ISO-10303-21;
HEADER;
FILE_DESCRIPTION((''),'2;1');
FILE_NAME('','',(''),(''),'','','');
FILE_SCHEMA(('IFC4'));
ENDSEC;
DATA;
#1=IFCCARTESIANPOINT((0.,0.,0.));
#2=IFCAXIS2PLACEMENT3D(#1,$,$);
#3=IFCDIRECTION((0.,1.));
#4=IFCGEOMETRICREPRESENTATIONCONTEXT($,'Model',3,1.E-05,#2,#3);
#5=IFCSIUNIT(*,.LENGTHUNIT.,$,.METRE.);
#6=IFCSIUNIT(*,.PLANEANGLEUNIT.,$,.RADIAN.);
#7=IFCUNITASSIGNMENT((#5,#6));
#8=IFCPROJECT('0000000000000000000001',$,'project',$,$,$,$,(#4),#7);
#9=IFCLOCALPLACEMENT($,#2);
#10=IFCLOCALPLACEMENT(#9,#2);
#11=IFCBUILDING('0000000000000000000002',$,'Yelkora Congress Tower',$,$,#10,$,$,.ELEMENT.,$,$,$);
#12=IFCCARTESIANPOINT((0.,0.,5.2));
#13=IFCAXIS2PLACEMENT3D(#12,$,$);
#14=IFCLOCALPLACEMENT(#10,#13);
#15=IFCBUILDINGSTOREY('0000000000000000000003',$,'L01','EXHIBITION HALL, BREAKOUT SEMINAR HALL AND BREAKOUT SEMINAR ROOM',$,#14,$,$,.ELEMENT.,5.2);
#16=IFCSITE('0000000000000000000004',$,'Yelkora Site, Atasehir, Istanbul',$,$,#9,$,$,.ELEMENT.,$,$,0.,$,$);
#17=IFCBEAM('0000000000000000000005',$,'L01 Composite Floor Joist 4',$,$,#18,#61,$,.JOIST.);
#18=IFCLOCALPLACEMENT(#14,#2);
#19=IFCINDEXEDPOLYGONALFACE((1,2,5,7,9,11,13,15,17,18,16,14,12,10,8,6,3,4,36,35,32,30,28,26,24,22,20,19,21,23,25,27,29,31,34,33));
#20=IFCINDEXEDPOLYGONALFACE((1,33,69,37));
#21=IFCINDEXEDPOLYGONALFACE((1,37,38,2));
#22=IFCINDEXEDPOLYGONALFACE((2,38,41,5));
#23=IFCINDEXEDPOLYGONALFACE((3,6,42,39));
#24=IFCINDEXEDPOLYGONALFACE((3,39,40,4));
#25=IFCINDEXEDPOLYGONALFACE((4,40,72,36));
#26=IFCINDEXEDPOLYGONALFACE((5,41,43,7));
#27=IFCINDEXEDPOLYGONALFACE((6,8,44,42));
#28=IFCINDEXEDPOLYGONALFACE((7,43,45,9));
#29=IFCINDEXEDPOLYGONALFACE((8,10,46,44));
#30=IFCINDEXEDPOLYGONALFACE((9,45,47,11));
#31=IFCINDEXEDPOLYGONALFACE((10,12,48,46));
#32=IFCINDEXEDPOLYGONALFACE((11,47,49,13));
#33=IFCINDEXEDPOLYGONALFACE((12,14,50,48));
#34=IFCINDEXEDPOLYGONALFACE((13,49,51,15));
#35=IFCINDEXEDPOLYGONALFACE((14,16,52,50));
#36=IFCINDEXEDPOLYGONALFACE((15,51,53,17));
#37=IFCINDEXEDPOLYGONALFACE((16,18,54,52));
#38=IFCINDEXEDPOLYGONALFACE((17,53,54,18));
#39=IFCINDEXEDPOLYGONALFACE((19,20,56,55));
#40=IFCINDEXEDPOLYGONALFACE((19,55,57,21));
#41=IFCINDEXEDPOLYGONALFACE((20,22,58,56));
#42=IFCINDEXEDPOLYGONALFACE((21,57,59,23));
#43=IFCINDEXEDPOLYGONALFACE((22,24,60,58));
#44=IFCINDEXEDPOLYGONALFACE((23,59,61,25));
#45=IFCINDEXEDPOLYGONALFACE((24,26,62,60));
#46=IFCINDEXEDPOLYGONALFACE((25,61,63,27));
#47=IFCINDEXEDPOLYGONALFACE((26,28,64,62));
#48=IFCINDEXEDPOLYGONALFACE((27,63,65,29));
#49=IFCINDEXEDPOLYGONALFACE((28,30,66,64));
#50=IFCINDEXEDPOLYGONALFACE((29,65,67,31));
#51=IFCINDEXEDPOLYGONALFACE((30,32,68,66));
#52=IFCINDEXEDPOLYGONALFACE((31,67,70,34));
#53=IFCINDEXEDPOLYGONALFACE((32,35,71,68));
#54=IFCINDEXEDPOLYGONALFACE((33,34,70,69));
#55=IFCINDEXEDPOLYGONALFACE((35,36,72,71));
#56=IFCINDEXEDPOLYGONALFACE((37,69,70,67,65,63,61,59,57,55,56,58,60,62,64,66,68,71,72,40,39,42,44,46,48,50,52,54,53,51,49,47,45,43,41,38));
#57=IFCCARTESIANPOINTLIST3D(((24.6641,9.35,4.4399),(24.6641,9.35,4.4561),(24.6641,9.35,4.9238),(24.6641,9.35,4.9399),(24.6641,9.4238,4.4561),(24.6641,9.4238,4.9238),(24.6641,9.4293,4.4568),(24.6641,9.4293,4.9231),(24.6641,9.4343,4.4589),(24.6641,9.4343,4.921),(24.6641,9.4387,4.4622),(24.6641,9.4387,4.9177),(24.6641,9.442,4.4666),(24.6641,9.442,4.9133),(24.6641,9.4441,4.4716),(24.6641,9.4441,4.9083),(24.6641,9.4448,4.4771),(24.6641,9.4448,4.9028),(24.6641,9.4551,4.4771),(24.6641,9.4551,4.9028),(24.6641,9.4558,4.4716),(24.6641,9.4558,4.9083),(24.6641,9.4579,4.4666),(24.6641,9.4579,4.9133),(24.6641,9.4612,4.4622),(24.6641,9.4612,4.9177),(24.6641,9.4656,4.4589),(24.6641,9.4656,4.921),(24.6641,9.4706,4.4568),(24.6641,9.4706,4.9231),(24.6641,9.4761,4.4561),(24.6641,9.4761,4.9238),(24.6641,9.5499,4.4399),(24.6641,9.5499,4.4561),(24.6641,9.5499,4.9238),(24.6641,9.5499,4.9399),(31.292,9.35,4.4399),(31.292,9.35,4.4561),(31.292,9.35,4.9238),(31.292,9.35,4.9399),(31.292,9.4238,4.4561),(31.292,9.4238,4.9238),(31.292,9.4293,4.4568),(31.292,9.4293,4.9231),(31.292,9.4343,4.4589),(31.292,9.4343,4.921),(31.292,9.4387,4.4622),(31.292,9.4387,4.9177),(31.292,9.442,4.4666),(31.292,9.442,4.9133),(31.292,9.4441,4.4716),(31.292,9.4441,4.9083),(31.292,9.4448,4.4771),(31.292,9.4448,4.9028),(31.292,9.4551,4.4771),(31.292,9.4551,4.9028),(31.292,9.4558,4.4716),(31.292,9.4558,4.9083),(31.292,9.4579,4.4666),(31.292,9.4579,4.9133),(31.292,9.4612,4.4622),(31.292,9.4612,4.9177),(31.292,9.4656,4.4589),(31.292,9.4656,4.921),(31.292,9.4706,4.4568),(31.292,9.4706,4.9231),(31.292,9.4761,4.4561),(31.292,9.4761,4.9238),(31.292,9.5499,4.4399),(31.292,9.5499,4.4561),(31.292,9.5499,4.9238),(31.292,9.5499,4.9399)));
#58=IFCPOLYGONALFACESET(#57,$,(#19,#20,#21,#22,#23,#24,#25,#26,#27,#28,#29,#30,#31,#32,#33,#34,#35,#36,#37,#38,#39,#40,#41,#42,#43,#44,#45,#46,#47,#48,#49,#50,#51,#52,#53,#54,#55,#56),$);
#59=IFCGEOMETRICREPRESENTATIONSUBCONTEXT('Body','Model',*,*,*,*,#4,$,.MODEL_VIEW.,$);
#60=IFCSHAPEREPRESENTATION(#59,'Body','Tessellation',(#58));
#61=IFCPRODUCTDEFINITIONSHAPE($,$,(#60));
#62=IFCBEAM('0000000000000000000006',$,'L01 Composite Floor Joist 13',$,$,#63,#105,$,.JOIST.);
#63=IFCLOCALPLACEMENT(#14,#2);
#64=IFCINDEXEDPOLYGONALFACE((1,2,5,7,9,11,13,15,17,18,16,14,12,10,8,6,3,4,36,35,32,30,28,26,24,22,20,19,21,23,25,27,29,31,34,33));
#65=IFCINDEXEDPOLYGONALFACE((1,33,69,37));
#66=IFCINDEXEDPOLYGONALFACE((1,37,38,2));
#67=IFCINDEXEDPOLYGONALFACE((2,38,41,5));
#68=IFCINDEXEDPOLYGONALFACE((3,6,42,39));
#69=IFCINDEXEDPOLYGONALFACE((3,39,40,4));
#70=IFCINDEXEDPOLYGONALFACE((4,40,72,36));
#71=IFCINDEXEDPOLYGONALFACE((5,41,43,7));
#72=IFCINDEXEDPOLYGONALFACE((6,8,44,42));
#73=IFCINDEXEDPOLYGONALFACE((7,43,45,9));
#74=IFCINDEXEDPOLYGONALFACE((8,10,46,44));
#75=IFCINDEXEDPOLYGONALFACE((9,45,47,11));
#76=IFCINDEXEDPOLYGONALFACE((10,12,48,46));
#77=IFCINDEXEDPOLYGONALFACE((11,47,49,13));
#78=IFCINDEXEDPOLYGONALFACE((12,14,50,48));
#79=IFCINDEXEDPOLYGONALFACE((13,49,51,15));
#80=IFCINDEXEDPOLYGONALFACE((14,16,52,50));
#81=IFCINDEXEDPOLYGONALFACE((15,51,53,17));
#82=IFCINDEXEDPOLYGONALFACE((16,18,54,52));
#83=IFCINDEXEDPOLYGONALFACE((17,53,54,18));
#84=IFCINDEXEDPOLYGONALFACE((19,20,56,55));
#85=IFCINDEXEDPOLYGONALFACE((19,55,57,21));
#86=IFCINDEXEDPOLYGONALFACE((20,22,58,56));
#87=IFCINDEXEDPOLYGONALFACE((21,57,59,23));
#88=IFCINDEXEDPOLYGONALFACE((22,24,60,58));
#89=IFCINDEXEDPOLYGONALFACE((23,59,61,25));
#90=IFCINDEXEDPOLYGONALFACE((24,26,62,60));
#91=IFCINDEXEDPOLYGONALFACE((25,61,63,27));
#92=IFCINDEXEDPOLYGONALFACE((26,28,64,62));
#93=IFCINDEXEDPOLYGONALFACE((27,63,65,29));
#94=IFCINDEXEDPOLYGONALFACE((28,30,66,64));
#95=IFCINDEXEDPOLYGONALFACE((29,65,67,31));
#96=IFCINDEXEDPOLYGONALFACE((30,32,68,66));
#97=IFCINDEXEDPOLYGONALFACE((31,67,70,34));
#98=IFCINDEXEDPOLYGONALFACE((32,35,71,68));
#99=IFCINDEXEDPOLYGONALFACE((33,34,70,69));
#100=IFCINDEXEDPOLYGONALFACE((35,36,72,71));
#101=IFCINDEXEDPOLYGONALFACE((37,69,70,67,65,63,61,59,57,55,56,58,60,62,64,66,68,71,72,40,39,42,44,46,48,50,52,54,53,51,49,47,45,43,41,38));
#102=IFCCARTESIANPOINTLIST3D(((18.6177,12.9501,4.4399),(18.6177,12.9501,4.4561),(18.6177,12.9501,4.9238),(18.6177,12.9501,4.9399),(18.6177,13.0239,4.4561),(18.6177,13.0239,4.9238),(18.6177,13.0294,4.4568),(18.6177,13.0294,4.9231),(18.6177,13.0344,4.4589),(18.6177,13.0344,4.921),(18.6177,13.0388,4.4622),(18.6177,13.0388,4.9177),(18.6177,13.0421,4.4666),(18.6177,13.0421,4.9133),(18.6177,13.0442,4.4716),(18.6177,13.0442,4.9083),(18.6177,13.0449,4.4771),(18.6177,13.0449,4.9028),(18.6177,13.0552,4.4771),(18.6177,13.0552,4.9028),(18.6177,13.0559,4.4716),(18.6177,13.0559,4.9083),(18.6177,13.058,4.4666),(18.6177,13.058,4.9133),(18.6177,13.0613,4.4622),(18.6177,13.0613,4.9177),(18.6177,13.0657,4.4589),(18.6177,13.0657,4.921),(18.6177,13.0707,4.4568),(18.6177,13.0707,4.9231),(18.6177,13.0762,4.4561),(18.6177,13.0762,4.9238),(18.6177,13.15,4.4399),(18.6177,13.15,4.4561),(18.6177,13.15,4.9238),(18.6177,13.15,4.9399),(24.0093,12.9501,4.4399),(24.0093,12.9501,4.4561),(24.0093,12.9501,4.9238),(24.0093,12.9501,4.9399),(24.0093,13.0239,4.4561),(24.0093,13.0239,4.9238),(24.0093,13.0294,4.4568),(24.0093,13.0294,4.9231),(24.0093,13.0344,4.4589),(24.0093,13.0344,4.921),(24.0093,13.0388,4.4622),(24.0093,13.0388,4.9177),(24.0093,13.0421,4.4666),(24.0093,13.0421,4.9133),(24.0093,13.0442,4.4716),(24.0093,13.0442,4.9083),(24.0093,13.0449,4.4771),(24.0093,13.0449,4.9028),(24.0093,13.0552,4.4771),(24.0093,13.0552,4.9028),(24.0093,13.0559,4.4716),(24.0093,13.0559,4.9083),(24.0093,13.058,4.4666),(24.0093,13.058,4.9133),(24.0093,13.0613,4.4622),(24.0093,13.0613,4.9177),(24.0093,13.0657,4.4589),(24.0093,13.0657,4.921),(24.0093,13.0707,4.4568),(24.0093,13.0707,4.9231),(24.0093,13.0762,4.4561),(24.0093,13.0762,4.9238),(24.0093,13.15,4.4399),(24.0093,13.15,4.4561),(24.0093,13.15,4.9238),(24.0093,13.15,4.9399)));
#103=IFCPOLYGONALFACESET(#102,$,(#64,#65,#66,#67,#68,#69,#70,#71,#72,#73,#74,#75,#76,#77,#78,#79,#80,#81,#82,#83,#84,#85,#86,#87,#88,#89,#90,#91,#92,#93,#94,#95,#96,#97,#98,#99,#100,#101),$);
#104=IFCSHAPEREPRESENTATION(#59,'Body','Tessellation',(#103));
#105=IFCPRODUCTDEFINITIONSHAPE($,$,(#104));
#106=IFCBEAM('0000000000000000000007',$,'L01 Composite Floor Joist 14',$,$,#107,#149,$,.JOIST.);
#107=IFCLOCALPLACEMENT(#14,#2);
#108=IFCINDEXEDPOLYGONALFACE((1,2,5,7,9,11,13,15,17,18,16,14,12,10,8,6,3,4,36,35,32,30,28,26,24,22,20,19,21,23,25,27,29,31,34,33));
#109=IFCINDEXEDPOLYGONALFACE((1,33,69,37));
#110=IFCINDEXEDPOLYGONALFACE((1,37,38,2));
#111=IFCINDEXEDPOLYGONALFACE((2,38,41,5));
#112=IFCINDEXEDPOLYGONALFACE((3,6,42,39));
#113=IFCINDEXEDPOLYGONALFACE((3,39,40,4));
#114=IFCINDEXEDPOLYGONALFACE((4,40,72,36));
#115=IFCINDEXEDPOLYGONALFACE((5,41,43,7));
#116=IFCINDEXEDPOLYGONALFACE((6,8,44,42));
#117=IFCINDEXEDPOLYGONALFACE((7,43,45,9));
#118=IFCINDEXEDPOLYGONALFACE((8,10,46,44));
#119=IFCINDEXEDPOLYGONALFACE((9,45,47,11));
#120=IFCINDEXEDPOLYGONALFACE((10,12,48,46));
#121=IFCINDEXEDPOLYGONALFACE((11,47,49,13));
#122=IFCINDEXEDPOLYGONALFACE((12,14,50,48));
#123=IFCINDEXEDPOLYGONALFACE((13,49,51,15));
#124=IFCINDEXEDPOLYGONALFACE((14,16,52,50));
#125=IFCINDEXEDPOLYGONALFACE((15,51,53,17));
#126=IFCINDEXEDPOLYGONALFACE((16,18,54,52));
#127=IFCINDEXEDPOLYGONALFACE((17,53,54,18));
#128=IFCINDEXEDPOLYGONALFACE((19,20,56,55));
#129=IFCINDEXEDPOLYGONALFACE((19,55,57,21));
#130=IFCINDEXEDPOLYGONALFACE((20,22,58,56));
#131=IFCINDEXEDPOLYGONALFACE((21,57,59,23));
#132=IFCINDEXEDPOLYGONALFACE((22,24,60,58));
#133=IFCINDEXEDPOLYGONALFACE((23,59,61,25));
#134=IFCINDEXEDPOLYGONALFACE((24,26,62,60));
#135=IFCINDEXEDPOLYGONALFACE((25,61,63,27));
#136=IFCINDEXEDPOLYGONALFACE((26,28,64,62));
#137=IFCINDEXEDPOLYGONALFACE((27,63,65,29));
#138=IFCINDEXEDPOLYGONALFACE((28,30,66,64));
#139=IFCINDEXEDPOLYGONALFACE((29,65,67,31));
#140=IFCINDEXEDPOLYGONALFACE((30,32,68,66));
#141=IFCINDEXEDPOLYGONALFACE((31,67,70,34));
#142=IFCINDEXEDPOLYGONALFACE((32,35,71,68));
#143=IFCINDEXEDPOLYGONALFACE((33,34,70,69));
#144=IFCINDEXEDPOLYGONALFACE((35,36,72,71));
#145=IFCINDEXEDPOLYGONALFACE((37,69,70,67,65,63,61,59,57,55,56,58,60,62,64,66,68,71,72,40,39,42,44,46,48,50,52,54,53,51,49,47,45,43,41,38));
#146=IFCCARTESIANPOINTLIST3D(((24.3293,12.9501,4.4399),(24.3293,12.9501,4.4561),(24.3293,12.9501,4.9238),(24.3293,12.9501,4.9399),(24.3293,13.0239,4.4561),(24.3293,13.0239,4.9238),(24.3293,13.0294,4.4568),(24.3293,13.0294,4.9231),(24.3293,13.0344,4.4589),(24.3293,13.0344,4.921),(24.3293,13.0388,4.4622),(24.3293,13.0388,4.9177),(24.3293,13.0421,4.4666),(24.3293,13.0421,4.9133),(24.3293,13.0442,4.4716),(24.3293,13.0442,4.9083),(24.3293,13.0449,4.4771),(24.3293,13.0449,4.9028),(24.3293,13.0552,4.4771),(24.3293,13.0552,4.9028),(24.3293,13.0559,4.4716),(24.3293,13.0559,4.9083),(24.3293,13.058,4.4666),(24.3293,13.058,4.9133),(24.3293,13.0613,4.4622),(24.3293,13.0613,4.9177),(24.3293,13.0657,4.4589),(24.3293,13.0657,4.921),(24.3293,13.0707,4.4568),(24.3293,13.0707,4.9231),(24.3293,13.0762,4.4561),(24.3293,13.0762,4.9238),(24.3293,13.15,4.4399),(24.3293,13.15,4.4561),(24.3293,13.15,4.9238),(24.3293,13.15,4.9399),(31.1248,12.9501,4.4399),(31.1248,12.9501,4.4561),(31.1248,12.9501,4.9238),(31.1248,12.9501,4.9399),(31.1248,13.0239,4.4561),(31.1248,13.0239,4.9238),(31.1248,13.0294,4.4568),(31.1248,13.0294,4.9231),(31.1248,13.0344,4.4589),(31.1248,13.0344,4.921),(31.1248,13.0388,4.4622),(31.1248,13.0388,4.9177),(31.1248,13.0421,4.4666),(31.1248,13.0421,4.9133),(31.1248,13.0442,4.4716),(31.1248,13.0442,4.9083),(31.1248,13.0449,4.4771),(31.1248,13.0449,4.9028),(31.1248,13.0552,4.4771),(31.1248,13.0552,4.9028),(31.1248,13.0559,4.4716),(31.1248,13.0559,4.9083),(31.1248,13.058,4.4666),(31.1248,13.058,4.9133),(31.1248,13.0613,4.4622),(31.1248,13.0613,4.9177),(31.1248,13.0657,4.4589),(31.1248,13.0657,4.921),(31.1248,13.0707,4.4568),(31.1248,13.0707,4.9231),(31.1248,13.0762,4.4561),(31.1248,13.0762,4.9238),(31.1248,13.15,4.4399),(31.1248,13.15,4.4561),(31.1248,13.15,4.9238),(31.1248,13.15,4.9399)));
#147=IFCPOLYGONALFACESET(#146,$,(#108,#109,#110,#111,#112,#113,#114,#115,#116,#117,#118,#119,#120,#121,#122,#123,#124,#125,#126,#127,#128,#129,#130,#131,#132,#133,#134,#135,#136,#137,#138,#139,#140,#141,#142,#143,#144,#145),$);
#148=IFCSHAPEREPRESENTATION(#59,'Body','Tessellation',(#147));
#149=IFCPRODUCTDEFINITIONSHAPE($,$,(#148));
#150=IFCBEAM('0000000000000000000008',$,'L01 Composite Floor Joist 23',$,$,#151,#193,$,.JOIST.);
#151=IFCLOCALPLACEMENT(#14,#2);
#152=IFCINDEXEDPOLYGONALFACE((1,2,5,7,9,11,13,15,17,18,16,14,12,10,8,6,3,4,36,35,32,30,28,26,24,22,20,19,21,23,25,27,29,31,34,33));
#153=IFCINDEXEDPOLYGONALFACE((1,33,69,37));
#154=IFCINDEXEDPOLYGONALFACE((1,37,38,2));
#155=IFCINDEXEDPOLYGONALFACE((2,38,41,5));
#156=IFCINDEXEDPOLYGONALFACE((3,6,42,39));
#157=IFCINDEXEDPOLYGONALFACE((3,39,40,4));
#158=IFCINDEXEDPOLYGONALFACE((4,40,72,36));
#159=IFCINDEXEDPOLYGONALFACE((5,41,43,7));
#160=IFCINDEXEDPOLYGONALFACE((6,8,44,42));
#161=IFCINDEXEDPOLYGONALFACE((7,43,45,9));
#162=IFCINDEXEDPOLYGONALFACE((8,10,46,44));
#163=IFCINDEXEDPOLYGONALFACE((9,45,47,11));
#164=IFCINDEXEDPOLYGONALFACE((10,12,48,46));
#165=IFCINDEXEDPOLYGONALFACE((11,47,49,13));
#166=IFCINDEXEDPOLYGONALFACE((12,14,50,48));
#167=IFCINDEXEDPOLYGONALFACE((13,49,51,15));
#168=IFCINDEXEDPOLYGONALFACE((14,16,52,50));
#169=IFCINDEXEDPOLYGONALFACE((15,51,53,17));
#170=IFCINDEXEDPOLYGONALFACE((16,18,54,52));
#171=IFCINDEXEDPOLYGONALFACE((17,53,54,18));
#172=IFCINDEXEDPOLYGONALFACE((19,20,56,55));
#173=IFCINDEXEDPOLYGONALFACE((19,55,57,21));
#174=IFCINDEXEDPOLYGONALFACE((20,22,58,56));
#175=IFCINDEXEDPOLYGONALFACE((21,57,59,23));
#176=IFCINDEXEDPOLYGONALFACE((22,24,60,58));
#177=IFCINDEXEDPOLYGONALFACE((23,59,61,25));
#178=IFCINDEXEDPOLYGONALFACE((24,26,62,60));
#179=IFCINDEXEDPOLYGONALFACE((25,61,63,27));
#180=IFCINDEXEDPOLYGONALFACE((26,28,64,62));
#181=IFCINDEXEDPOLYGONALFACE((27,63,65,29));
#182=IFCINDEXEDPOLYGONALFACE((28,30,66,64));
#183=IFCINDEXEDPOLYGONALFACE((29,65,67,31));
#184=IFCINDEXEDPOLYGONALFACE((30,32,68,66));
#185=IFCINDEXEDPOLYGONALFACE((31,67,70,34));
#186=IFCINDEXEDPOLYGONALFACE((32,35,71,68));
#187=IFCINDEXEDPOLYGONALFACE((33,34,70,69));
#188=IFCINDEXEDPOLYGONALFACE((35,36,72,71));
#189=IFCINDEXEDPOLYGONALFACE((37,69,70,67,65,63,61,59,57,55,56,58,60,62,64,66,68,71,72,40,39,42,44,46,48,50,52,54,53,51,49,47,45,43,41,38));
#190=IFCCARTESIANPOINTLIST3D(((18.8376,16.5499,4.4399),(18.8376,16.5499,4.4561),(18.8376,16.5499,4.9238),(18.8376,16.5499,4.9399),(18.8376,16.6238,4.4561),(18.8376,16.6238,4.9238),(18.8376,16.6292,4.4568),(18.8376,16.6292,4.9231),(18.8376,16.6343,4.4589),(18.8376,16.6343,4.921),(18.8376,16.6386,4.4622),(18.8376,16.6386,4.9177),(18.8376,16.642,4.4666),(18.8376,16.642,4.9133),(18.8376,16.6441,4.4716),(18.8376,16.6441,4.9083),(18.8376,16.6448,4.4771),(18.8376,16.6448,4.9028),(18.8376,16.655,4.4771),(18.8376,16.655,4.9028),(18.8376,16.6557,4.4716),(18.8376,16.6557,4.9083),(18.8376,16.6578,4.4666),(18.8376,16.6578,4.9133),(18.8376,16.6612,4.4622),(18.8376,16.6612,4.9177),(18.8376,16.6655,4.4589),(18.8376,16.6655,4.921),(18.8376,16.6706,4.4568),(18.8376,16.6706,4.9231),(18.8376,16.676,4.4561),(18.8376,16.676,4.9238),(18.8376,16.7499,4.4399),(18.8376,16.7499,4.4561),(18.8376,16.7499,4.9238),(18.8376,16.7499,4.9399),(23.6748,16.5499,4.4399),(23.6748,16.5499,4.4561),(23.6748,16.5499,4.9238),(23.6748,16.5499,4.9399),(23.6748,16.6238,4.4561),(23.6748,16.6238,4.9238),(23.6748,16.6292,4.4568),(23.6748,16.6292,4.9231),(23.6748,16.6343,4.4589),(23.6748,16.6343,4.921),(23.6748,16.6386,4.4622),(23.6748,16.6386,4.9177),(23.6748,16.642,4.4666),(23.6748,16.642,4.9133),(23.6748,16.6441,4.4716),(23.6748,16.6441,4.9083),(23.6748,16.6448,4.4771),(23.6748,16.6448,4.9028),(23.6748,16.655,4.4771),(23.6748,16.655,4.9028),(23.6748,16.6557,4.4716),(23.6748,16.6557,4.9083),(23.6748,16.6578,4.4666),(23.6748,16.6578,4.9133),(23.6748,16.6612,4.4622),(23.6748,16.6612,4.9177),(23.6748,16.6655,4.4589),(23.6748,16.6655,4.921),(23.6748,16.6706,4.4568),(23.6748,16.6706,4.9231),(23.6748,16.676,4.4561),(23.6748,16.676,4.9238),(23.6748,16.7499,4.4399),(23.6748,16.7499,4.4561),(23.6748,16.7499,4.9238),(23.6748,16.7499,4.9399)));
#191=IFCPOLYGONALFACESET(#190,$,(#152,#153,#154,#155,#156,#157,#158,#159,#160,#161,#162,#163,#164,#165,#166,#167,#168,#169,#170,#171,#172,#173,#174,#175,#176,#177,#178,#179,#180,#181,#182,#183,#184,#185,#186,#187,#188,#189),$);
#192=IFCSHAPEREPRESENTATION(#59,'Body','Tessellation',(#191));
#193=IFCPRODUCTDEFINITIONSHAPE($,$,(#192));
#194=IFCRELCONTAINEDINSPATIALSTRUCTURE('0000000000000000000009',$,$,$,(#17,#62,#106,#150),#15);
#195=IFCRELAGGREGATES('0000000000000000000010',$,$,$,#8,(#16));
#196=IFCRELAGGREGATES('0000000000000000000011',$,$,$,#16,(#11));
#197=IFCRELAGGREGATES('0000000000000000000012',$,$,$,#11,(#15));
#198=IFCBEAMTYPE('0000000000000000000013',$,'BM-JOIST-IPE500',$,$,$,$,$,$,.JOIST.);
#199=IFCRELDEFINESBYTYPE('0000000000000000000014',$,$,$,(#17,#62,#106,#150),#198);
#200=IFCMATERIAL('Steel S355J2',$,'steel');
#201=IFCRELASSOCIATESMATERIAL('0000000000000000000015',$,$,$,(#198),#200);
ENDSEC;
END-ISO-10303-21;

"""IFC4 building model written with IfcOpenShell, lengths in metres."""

from ifc_helpers import new_model, si_unit, direction, frame, origin, origin_2d, place, context, subcontext, project, spatial, i_section, extrude, material, material_profile, profile_set, type_object, element, save


model = new_model("IFC4")

# Units and contexts
model_context = context("Model", 3, precision=1e-05, world=origin(), true_north=direction((0.0, 1.0)))
body_context = subcontext(model_context, "Body", "Model", "MODEL_VIEW")
ifc_project = project(units=[si_unit("LENGTHUNIT", "METRE"), si_unit("PLANEANGLEUNIT", "RADIAN")], contexts=[model_context])

# Site, building, storey
site_placement = place(None, origin())
site = spatial("IfcSite", under=ifc_project, at=site_placement, Name="Yelkora Site, Atasehir, Istanbul", CompositionType="ELEMENT", RefElevation=0.0)
building_placement = place(site_placement, origin())
building = spatial("IfcBuilding", under=site, at=building_placement, Name="Yelkora Congress Tower", CompositionType="ELEMENT")
storey_placement = place(building_placement, frame((0.0, 0.0, 5.2)))
storey = spatial("IfcBuildingStorey", under=building, at=storey_placement, Name="L01", Description="EXHIBITION HALL, BREAKOUT SEMINAR HALL AND BREAKOUT SEMINAR ROOM", CompositionType="ELEMENT", Elevation=5.2)

# Beams
ifc_material_1 = material(Name="Steel S355J2", Category="steel")
ifc_material_profile_1 = material_profile(ifc_material_1, i_section(OverallWidth=0.2, OverallDepth=0.5, WebThickness=0.0103, FlangeThickness=0.0161, FilletRadius=0.021, at=origin_2d()), Name="IPE 500")
ifc_profile_set_1 = profile_set([ifc_material_profile_1], Name="Steel S355J2")
beam_type_1 = type_object("IfcBeamType", Name="BM-JOIST-IPE500", PredefinedType="JOIST", material=ifc_profile_set_1)
beam_1_placement = place(storey_placement, frame((24.6641, 9.45, 4.6899), z_axis=(1.0, 0.0, 0.0), x_axis=(0.0, 1.0, 0.0)))
element("IfcBeam", 1, at=beam_1_placement, inside=storey, type_object=beam_type_1, Name="L01 Composite Floor Joist 4", PredefinedType="JOIST", context=body_context, shape_type="SweptSolid", body=[
    extrude(i_section(OverallWidth=0.2, OverallDepth=0.5, WebThickness=0.0103, FlangeThickness=0.0161, FilletRadius=0.021, at=origin_2d()), origin(), (0.0, 0.0, 1.0), 6.6279),
])
beam_2_placement = place(storey_placement, frame((18.6177, 13.05, 4.6899), z_axis=(1.0, 0.0, 0.0), x_axis=(0.0, 1.0, 0.0)))
element("IfcBeam", 2, at=beam_2_placement, inside=storey, type_object=beam_type_1, Name="L01 Composite Floor Joist 13", PredefinedType="JOIST", context=body_context, shape_type="SweptSolid", body=[
    extrude(i_section(OverallWidth=0.2, OverallDepth=0.5, WebThickness=0.0103, FlangeThickness=0.0161, FilletRadius=0.021, at=origin_2d()), origin(), (0.0, 0.0, 1.0), 5.3916),
])
beam_3_placement = place(storey_placement, frame((24.3293, 13.05, 4.6899), z_axis=(1.0, 0.0, 0.0), x_axis=(0.0, 1.0, 0.0)))
element("IfcBeam", 3, at=beam_3_placement, inside=storey, type_object=beam_type_1, Name="L01 Composite Floor Joist 14", PredefinedType="JOIST", context=body_context, shape_type="SweptSolid", body=[
    extrude(i_section(OverallWidth=0.2, OverallDepth=0.5, WebThickness=0.0103, FlangeThickness=0.0161, FilletRadius=0.021, at=origin_2d()), origin(), (0.0, 0.0, 1.0), 6.7954),
])
beam_4_placement = place(storey_placement, frame((18.8376, 16.6499, 4.6899), z_axis=(1.0, 0.0, 0.0), x_axis=(0.0, 1.0, 0.0)))
element("IfcBeam", 4, at=beam_4_placement, inside=storey, type_object=beam_type_1, Name="L01 Composite Floor Joist 23", PredefinedType="JOIST", context=body_context, shape_type="SweptSolid", body=[
    extrude(i_section(OverallWidth=0.2, OverallDepth=0.5, WebThickness=0.0103, FlangeThickness=0.0161, FilletRadius=0.021, at=origin_2d()), origin(), (0.0, 0.0, 1.0), 4.8372),
])

save(model, "model.ifc")
